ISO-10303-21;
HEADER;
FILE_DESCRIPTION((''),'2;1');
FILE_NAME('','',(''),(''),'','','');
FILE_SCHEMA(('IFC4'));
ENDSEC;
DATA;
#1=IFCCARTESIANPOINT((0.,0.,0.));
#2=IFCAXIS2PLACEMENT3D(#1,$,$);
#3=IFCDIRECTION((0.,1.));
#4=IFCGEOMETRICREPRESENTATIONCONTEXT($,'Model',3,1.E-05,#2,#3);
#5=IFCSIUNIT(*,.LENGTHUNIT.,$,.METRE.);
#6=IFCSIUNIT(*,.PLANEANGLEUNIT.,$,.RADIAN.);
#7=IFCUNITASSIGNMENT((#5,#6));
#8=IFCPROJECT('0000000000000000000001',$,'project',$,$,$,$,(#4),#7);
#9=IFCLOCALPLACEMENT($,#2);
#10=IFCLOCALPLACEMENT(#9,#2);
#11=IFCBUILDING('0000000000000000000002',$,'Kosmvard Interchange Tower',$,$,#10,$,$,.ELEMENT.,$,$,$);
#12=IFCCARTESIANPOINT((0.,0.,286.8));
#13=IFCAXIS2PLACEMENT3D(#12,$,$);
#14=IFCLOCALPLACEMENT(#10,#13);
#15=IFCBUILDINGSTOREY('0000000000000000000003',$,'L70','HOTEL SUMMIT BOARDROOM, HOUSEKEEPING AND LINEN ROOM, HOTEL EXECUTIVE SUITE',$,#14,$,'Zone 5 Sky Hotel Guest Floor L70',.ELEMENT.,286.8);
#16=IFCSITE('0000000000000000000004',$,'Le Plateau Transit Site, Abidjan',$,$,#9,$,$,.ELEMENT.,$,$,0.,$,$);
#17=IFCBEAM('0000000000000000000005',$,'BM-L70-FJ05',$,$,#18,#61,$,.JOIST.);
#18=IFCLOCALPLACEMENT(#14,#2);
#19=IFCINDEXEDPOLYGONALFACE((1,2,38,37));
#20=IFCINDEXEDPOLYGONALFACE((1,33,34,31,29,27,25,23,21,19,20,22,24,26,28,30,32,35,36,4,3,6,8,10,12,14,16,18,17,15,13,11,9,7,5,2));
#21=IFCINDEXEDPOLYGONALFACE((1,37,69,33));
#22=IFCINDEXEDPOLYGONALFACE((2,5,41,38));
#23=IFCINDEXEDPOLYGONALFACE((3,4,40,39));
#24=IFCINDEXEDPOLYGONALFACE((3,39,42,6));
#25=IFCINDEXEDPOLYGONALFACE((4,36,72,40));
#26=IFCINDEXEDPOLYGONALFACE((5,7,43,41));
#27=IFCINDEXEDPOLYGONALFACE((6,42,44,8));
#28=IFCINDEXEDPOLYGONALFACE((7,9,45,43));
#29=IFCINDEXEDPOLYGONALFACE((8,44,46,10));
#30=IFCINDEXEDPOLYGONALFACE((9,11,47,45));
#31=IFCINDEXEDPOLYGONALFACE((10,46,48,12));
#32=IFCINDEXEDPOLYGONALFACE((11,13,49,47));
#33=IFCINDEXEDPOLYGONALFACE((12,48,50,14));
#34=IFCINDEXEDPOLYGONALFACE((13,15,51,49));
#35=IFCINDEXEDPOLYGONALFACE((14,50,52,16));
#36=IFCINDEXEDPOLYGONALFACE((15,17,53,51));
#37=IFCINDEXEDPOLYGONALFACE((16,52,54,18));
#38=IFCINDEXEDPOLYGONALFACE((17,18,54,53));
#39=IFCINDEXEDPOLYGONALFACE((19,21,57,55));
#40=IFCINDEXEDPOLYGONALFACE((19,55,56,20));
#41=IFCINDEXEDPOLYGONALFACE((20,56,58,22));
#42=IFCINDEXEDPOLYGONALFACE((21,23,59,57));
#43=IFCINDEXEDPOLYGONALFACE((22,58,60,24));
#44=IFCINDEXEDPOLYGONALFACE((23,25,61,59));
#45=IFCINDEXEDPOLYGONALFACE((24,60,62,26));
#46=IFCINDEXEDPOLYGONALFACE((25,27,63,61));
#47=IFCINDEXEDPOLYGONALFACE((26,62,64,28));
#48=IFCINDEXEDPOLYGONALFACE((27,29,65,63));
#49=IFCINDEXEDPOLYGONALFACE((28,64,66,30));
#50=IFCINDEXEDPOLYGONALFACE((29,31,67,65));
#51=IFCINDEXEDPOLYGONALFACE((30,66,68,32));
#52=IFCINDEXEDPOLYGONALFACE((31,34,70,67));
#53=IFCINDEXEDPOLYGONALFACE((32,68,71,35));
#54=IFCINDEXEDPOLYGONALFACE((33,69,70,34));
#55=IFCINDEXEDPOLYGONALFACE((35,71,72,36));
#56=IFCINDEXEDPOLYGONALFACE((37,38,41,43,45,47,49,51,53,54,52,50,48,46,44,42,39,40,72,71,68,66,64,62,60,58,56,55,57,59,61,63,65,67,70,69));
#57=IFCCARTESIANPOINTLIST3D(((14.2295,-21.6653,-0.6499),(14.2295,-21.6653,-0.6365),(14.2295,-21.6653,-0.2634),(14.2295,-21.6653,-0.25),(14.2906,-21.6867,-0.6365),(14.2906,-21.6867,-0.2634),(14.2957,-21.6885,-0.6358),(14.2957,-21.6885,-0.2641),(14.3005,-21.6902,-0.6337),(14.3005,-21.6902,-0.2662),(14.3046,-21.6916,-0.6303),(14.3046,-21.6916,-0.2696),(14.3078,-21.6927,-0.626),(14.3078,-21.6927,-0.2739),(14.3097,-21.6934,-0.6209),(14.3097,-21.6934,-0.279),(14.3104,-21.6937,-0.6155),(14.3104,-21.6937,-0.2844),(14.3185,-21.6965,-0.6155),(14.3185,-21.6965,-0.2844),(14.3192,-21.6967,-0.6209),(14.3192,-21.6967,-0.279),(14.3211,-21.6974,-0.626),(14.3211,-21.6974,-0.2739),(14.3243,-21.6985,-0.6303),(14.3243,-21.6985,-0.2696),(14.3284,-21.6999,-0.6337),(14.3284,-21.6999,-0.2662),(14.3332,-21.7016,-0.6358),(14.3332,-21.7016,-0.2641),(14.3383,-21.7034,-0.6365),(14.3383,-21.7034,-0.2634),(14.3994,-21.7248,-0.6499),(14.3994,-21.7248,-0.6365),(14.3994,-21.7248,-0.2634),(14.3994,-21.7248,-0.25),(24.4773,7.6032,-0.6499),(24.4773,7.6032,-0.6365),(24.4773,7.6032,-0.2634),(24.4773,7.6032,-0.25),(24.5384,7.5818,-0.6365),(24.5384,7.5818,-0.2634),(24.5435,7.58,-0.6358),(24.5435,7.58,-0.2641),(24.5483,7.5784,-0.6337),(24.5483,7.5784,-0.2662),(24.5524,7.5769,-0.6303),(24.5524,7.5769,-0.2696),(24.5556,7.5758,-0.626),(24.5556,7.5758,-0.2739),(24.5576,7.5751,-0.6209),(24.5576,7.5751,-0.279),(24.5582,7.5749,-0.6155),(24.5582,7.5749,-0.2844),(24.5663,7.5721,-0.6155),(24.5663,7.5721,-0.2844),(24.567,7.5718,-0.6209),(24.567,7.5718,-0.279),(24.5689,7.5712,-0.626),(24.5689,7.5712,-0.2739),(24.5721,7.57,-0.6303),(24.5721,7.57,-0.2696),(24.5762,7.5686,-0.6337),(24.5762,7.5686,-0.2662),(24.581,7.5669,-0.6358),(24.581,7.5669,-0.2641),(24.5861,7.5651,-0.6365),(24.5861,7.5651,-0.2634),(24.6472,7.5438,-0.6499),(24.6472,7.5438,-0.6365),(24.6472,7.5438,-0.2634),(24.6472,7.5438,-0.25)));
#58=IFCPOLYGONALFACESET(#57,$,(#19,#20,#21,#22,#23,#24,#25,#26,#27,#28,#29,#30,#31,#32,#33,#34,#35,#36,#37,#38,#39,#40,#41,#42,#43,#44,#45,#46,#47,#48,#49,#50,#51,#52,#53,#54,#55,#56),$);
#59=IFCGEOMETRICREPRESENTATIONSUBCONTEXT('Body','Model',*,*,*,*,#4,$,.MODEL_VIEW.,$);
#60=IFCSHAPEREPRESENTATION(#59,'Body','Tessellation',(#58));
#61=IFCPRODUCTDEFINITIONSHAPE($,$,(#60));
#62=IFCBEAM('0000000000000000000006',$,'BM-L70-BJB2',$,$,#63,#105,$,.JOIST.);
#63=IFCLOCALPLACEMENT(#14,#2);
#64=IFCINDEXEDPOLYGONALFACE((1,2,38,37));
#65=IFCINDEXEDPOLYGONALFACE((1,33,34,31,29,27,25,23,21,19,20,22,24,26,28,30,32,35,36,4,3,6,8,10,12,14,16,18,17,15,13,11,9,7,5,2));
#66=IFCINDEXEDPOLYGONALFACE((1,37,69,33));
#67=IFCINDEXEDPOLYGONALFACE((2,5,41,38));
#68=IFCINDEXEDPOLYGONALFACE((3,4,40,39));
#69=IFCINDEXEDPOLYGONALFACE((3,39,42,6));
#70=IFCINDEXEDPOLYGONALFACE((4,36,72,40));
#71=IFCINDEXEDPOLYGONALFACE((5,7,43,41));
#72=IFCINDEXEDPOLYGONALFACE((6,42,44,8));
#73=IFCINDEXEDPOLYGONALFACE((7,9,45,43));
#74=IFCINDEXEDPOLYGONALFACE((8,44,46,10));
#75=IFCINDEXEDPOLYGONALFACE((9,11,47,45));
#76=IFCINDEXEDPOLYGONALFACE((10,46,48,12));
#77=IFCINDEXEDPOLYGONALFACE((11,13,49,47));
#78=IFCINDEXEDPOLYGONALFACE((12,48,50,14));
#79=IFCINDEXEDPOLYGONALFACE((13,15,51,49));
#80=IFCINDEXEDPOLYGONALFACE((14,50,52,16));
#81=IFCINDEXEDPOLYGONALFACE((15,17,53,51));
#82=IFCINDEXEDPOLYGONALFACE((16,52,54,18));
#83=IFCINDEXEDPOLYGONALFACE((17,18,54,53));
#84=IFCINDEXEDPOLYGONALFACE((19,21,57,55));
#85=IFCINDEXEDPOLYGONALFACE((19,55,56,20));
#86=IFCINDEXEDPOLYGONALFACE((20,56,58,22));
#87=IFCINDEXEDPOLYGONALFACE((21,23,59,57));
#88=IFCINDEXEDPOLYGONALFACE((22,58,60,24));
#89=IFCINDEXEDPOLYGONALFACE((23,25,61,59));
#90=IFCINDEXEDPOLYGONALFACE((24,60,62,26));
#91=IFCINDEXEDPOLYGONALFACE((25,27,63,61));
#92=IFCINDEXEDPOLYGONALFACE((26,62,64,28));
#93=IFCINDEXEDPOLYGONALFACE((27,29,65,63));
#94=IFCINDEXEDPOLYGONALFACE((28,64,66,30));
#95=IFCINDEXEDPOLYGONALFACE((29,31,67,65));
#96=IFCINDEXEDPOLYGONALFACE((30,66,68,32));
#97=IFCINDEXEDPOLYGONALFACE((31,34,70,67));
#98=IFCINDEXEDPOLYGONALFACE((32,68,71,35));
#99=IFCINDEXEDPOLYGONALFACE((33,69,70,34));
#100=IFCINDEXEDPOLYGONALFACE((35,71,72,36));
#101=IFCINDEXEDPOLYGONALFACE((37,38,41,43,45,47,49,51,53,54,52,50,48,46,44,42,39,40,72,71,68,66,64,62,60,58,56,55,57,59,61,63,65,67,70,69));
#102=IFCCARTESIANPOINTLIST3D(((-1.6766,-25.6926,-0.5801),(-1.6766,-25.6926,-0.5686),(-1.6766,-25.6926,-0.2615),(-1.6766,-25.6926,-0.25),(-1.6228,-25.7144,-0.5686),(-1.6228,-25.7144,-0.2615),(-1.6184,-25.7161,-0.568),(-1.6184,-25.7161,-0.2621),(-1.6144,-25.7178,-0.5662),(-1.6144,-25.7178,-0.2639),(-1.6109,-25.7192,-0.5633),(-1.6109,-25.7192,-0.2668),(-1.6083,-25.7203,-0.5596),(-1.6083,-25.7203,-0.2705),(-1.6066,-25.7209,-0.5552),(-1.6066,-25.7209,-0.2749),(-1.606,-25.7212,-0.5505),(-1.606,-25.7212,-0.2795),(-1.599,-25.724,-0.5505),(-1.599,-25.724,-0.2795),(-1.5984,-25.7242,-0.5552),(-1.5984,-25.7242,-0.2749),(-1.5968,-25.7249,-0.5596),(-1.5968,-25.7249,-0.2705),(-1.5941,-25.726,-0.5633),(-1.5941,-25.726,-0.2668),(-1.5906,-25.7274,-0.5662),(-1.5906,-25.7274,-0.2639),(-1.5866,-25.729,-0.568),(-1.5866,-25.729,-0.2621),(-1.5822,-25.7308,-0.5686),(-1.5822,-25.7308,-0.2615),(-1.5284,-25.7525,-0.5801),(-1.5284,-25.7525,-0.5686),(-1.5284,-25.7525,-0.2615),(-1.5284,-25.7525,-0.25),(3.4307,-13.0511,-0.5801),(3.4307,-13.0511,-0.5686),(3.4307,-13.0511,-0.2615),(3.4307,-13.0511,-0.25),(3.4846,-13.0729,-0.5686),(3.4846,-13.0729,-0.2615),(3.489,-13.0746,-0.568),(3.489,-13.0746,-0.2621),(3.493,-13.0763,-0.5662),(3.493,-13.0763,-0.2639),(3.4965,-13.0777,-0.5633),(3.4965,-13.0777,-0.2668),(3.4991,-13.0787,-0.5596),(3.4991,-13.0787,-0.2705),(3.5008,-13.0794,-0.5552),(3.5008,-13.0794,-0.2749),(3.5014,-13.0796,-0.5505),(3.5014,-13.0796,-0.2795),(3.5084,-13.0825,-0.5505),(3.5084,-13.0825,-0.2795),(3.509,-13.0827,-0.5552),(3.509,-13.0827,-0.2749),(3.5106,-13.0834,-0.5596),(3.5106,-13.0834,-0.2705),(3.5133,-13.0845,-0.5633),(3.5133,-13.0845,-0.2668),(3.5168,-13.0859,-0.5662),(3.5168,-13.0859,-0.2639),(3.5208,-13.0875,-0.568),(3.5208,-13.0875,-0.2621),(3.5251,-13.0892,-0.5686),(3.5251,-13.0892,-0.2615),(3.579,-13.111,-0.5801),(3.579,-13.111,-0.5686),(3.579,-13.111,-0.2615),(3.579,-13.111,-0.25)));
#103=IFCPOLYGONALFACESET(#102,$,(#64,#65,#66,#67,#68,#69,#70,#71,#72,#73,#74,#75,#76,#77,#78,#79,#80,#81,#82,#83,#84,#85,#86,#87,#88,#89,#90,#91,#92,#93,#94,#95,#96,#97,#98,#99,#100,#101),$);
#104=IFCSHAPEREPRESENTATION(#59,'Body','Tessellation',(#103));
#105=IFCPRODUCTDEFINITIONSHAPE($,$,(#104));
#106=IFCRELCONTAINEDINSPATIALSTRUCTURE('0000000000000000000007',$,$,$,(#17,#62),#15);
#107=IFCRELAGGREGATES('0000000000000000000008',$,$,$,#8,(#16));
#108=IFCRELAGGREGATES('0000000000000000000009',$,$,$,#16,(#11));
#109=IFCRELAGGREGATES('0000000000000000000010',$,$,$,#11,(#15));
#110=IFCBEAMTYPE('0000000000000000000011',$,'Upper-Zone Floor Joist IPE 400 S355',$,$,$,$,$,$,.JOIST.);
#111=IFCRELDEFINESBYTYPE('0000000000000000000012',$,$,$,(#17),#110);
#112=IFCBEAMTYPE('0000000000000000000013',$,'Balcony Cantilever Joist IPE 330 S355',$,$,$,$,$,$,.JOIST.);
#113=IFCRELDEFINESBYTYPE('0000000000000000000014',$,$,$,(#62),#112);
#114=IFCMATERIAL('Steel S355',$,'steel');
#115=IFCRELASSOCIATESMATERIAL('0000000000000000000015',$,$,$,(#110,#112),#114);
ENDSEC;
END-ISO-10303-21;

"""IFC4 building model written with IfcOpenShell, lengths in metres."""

from ifc_helpers import new_model, si_unit, direction, frame, origin, origin_2d, place, context, subcontext, project, spatial, i_section, extrude, source, transform, mapped, material, material_profile, profile_set, type_object, element, save


model = new_model("IFC4")

# Units and contexts
model_context = context("Model", 3, precision=1e-05, world=origin(), true_north=direction((0.0, 1.0)))
body_context = subcontext(model_context, "Body", "Model", "MODEL_VIEW")
ifc_project = project(units=[si_unit("LENGTHUNIT", "METRE"), si_unit("PLANEANGLEUNIT", "RADIAN")], contexts=[model_context])

# Site, building, storey
site_placement = place(None, origin())
site = spatial("IfcSite", under=ifc_project, at=site_placement, Name="Le Plateau Transit Site, Abidjan", CompositionType="ELEMENT", RefElevation=0.0)
building_placement = place(site_placement, origin())
building = spatial("IfcBuilding", under=site, at=building_placement, Name="Kosmvard Interchange Tower", CompositionType="ELEMENT")
storey_placement = place(building_placement, frame((0.0, 0.0, 286.8)))
storey = spatial("IfcBuildingStorey", under=building, at=storey_placement, Name="L70", Description="HOTEL SUMMIT BOARDROOM, HOUSEKEEPING AND LINEN ROOM, HOTEL EXECUTIVE SUITE", LongName="Zone 5 Sky Hotel Guest Floor L70", CompositionType="ELEMENT", Elevation=286.8)

# Beams
ifc_material_1 = material(Name="Steel S355", Category="steel")
ifc_material_profile_1 = material_profile(ifc_material_1, i_section(OverallWidth=0.1799, OverallDepth=0.3999, WebThickness=0.0085, FlangeThickness=0.0134, FilletRadius=0.021, at=origin_2d()), Name="IPE 400")
ifc_profile_set_1 = profile_set([ifc_material_profile_1], Name="Steel S355")
beam_type_1 = type_object("IfcBeamType", Name="Upper-Zone Floor Joist IPE 400 S355", PredefinedType="JOIST", material=ifc_profile_set_1)
shared_shape_1 = source(origin(), body_context, "Body", "SweptSolid", [
    extrude(i_section(OverallWidth=0.1799, OverallDepth=0.3999, WebThickness=0.0085, FlangeThickness=0.0134, FilletRadius=0.021, at=origin_2d()), origin(), (0.0, 0.0, 1.0), 31.0107),
])
beam_1_placement = place(storey_placement, frame((14.3145, -21.6951, -0.45), z_axis=(0.33046, 0.94382, 0.0), x_axis=(-0.94382, 0.33046, 0.0)))
element("IfcBeam", 1, at=beam_1_placement, inside=storey, type_object=beam_type_1, Name="BM-L70-FJ05", PredefinedType="JOIST", context=body_context, shape_type="MappedRepresentation", body=[
    mapped(shared_shape_1, transform((0.0, 0.0, 0.0), scale=1.0)),
])
ifc_material_profile_2 = material_profile(ifc_material_1, i_section(OverallWidth=0.1599, OverallDepth=0.3301, WebThickness=0.0076, FlangeThickness=0.0115, FilletRadius=0.0181, at=origin_2d()), Name="IPE 330")
ifc_profile_set_2 = profile_set([ifc_material_profile_2], Name="Steel S355")
beam_type_2 = type_object("IfcBeamType", Name="Balcony Cantilever Joist IPE 330 S355", PredefinedType="JOIST", material=ifc_profile_set_2)
shared_shape_2 = source(origin(), body_context, "Body", "SweptSolid", [
    extrude(i_section(OverallWidth=0.1599, OverallDepth=0.3301, WebThickness=0.0076, FlangeThickness=0.0115, FilletRadius=0.0181, at=origin_2d()), origin(), (0.0, 0.0, 1.0), 13.6343),
])
beam_2_placement = place(storey_placement, frame((3.5049, -13.0811, -0.415), z_axis=(-0.374599, -0.927187, 0.0), x_axis=(0.927187, -0.374599, 0.0)))
element("IfcBeam", 2, at=beam_2_placement, inside=storey, type_object=beam_type_2, Name="BM-L70-BJB2", PredefinedType="JOIST", context=body_context, shape_type="MappedRepresentation", body=[
    mapped(shared_shape_2, transform((0.0, 0.0, 0.0), scale=1.0)),
])

save(model, "model.ifc")
